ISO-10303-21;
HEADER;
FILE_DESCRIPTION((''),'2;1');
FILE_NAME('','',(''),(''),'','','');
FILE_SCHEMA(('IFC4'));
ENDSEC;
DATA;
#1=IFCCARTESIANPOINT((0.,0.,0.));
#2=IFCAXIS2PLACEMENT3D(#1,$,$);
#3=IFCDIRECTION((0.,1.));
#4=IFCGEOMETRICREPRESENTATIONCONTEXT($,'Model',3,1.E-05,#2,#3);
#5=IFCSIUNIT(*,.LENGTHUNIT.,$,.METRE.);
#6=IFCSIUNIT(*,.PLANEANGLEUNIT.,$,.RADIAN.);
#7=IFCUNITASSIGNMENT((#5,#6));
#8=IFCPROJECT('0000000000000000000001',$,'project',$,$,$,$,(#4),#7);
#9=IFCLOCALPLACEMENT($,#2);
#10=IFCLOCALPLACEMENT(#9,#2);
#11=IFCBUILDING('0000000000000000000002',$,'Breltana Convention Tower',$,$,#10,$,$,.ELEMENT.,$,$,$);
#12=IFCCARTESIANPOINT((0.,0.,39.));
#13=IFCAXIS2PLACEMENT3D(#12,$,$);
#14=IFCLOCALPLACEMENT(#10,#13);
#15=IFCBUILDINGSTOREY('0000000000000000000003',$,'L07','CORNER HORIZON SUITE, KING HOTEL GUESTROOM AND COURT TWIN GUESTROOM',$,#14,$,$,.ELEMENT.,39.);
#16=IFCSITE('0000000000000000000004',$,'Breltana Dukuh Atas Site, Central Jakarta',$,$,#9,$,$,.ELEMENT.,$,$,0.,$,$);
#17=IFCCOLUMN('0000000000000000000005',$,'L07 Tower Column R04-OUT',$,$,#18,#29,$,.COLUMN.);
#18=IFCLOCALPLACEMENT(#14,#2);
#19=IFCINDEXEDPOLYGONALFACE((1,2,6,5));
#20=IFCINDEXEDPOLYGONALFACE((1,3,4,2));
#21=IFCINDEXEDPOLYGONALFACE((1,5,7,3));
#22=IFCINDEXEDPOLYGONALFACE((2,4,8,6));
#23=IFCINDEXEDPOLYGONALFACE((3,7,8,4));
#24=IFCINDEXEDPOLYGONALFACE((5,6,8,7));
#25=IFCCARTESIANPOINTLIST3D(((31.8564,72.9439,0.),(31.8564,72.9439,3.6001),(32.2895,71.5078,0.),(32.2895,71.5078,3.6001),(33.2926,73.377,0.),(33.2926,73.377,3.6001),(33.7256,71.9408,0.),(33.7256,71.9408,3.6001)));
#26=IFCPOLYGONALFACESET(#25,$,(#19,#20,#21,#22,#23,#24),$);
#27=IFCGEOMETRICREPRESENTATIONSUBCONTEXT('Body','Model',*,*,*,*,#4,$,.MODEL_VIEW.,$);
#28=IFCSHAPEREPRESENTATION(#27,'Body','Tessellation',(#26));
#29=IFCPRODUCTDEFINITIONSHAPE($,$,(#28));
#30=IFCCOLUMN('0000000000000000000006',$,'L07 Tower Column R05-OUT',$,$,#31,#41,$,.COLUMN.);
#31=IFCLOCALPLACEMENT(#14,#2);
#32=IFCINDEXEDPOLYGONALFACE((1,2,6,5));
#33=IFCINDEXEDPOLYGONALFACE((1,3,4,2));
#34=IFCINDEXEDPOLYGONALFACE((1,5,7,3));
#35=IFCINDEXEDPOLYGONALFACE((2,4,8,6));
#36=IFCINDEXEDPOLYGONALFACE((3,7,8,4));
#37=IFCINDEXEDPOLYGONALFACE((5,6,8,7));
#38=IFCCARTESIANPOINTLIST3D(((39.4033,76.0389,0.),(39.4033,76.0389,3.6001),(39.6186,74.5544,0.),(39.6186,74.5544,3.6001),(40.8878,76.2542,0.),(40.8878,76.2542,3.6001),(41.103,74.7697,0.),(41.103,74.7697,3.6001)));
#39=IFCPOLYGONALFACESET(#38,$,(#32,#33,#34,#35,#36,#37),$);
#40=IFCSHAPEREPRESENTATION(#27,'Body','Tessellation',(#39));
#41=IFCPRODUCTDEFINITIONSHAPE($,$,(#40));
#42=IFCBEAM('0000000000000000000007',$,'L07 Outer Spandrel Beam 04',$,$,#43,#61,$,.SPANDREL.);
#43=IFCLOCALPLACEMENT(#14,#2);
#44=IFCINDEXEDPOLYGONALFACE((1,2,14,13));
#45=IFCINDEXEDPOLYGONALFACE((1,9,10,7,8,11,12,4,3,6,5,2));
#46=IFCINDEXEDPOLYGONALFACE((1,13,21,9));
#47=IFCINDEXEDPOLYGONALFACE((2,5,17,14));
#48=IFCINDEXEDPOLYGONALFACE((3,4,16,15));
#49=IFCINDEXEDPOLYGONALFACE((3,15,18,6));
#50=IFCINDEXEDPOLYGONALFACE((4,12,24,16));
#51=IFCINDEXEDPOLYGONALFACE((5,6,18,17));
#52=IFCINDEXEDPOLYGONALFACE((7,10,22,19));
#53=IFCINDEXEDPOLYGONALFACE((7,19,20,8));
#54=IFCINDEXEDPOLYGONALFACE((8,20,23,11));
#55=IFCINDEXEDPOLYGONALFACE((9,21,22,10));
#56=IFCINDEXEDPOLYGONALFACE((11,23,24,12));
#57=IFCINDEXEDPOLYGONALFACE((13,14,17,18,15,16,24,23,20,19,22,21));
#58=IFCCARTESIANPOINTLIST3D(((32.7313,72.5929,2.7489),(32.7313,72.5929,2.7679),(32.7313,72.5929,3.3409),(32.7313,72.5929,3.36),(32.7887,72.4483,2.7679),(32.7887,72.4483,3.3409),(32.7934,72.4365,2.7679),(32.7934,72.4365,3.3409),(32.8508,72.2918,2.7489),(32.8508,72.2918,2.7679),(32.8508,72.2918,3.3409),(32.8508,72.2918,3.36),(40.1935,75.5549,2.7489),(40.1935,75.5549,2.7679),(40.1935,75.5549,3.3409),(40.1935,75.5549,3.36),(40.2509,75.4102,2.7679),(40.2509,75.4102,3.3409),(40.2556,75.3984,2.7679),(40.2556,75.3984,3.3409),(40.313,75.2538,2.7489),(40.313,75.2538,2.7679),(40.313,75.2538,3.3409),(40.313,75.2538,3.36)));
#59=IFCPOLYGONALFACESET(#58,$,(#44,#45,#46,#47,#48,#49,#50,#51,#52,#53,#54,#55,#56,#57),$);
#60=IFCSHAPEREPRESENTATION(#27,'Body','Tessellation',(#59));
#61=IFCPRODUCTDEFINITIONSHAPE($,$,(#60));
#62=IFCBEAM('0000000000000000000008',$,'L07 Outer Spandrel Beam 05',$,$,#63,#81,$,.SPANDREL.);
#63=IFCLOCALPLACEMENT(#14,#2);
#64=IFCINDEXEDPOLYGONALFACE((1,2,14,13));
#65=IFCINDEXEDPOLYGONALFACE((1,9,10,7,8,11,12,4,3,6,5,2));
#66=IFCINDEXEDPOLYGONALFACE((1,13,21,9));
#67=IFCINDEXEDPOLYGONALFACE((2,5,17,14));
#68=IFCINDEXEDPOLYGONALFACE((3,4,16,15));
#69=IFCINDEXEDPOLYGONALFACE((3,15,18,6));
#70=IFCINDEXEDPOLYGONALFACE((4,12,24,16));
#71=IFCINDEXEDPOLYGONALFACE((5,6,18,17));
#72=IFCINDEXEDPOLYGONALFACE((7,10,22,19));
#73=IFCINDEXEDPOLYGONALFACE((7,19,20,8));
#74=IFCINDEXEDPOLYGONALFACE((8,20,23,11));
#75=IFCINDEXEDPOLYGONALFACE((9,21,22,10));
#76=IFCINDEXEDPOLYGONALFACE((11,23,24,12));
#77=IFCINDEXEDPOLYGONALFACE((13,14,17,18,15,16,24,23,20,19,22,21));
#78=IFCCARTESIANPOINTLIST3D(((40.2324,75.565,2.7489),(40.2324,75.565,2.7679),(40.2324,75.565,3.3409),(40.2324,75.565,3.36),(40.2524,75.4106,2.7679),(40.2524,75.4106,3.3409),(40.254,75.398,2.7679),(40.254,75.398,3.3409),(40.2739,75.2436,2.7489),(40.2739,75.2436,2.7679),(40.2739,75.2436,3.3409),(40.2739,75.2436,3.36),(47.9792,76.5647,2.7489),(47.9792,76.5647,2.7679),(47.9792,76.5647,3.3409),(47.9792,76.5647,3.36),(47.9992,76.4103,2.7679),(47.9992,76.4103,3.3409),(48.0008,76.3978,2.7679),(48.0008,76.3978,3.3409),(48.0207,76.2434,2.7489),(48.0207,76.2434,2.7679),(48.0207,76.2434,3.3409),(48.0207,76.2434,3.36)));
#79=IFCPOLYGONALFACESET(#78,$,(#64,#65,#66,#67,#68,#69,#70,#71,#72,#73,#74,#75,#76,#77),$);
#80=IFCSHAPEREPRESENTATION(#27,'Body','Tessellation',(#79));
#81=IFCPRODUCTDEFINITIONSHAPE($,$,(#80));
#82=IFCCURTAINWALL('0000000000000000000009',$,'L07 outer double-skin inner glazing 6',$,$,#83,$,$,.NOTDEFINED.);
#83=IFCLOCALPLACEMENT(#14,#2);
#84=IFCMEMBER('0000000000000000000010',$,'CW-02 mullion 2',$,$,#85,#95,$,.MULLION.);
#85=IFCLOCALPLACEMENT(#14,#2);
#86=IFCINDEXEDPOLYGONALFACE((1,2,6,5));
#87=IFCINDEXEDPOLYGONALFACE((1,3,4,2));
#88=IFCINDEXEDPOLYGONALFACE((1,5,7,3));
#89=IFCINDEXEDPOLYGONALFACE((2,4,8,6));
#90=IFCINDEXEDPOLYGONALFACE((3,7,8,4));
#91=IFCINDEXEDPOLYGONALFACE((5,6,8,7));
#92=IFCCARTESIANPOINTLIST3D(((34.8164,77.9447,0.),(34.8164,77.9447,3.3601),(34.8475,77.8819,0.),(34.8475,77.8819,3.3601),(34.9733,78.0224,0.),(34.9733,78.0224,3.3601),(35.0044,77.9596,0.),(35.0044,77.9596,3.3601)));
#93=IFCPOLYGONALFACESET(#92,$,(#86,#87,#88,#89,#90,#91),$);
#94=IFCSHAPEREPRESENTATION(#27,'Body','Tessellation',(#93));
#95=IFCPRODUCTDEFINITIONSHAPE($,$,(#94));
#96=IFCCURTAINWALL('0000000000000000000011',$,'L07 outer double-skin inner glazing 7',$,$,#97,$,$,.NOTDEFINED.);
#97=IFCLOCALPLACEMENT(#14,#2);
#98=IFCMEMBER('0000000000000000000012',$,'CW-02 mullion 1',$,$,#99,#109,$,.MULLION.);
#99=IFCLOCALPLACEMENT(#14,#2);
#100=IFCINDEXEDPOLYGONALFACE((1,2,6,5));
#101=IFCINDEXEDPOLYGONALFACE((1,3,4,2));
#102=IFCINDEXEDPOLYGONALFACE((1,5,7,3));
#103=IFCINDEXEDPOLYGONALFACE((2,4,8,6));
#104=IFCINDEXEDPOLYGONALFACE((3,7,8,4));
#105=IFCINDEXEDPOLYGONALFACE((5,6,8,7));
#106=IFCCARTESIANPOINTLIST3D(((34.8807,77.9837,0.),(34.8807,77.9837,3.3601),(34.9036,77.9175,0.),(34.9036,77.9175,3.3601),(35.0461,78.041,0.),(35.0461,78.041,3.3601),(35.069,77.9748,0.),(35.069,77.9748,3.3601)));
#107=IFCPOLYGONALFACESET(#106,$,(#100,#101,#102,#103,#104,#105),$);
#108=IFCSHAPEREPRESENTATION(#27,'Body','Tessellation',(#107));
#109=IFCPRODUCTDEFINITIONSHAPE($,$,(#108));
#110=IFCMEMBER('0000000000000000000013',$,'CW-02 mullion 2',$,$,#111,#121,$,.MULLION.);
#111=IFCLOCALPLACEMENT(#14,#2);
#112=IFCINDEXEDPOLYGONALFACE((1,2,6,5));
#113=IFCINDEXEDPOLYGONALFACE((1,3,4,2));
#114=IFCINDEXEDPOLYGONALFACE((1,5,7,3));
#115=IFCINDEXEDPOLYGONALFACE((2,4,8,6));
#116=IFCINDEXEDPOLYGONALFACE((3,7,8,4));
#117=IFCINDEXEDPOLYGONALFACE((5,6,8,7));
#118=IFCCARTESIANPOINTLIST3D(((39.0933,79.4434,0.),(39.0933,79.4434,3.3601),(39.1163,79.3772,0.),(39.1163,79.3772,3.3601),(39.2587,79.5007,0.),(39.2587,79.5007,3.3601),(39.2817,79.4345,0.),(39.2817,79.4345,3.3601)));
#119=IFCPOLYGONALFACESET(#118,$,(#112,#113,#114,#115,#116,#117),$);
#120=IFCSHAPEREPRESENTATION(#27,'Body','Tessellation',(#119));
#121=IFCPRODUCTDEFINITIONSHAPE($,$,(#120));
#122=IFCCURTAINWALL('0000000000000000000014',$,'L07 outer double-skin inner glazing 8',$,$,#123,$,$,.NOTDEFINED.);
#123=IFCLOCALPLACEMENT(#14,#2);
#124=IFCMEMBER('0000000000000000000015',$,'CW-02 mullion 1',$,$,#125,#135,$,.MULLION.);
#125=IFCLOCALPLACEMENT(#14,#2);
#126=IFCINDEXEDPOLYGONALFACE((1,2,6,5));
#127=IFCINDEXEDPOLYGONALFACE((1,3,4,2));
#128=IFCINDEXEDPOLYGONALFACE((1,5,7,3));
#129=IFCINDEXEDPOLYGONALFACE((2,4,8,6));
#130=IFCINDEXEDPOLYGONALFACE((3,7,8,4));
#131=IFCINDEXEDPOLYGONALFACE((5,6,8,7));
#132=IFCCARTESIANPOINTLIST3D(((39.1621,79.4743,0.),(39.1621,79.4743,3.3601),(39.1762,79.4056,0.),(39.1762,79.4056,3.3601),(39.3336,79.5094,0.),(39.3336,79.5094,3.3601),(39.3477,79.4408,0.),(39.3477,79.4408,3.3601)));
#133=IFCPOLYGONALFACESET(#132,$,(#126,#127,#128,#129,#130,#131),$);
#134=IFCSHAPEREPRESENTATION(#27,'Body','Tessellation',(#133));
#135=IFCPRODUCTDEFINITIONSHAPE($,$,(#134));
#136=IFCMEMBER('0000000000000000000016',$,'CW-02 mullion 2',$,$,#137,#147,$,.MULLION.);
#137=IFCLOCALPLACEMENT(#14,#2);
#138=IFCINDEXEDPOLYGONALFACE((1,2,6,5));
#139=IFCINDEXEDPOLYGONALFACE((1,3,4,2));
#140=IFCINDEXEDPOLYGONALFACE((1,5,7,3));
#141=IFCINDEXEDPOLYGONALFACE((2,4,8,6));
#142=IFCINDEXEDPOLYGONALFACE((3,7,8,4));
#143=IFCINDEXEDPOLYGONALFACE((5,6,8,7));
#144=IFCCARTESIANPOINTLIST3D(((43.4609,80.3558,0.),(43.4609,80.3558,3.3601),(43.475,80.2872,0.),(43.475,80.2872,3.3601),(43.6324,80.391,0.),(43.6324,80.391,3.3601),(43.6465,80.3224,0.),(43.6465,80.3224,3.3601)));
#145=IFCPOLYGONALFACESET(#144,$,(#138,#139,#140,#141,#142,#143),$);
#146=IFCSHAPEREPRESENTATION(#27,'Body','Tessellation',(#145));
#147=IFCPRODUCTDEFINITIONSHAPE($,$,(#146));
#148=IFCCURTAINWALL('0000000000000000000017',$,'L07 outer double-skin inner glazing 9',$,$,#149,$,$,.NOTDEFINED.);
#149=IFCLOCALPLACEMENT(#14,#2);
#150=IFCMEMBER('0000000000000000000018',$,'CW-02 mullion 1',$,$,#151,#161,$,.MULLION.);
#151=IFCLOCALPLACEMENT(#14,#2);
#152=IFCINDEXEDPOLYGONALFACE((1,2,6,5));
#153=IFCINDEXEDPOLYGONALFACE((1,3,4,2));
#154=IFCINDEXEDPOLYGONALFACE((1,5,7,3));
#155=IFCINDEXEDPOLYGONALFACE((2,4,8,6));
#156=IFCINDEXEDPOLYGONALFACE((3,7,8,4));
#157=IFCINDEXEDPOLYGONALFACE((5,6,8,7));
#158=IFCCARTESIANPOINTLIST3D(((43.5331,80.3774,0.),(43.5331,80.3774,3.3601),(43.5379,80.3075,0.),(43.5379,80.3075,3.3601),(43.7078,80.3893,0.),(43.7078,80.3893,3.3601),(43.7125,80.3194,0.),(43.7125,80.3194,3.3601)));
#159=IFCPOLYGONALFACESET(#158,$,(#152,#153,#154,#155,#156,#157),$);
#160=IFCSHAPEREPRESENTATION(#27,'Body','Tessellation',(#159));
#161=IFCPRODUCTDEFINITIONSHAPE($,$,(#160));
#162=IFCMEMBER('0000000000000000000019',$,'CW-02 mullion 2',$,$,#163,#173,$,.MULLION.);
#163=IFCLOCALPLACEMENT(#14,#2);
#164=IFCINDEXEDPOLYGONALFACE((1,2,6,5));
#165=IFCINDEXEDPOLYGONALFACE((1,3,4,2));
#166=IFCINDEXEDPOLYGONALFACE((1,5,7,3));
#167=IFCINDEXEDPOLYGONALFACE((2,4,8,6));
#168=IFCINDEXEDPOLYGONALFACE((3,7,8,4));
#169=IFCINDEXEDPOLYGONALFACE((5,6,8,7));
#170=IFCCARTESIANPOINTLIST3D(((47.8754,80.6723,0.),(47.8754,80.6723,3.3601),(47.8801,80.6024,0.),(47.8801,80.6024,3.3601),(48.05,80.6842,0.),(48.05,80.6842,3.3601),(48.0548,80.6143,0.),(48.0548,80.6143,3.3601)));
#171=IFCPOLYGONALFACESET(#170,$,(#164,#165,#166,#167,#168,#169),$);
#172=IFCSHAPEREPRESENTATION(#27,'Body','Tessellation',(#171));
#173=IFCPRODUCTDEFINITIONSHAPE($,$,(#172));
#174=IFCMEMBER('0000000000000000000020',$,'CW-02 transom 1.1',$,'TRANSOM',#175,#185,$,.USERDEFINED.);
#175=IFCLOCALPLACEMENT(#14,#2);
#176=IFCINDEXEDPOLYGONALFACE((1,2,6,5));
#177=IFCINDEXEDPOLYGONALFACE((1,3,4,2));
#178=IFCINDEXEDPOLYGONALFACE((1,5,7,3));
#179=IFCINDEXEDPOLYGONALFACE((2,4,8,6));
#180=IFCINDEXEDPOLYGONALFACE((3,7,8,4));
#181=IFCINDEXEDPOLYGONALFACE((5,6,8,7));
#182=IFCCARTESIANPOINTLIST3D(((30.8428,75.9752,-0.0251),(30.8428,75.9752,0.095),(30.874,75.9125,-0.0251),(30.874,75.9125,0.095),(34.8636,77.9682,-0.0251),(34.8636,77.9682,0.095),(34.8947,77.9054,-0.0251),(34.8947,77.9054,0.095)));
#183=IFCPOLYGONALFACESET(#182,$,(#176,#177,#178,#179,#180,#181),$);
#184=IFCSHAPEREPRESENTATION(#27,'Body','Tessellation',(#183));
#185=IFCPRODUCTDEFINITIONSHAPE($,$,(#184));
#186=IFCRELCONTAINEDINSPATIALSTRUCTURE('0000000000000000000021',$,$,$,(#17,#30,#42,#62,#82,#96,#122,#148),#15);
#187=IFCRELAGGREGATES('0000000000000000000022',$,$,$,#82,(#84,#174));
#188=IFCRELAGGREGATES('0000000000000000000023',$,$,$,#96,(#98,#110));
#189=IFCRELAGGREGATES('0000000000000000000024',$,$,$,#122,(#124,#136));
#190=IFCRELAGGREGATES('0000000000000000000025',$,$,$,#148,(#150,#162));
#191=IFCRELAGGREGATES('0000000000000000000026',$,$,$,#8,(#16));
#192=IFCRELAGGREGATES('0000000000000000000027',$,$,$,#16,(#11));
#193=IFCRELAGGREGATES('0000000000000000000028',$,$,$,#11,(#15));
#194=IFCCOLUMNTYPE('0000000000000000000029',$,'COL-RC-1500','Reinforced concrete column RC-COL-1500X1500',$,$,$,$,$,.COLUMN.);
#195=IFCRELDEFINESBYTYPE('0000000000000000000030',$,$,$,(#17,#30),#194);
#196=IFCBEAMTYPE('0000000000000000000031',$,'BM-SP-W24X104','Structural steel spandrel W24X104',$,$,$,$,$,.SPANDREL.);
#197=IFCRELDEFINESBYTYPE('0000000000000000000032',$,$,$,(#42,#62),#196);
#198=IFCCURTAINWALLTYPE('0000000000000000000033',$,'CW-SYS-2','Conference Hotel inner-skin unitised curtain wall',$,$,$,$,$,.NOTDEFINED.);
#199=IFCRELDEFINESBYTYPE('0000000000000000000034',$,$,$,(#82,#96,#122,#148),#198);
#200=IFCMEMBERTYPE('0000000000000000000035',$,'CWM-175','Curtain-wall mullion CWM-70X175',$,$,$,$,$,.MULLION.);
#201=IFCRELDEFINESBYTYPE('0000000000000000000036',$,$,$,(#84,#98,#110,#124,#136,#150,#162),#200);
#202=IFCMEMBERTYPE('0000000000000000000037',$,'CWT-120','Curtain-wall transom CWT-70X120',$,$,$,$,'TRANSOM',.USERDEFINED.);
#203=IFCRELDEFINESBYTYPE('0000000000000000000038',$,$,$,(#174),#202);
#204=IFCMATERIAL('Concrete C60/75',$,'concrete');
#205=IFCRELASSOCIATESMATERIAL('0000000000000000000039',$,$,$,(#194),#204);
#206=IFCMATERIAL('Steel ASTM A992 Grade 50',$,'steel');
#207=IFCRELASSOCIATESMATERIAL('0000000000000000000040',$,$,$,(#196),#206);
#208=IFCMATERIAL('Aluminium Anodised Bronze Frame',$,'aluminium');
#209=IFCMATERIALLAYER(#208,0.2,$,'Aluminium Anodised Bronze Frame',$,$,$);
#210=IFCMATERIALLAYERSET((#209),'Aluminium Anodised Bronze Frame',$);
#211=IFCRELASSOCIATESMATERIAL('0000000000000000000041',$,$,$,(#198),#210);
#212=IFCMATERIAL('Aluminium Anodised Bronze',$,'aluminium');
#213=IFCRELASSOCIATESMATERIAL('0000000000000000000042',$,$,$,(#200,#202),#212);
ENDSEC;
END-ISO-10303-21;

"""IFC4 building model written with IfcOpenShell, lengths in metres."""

from ifc_helpers import new_model, si_unit, direction, frame, origin, origin_2d, place, context, subcontext, project, spatial, rectangle, i_section, extrude, source, transform, mapped, material, layer, layer_set, material_profile, profile_set, type_object, type_shapes, element, aggregate, save


model = new_model("IFC4")

# Units and contexts
model_context = context("Model", 3, precision=1e-05, world=origin(), true_north=direction((0.0, 1.0)))
body_context = subcontext(model_context, "Body", "Model", "MODEL_VIEW")
ifc_project = project(units=[si_unit("LENGTHUNIT", "METRE"), si_unit("PLANEANGLEUNIT", "RADIAN")], contexts=[model_context])

# Site, building, storey
site_placement = place(None, origin())
site = spatial("IfcSite", under=ifc_project, at=site_placement, Name="Breltana Dukuh Atas Site, Central Jakarta", CompositionType="ELEMENT", RefElevation=0.0)
building_placement = place(site_placement, origin())
building = spatial("IfcBuilding", under=site, at=building_placement, Name="Breltana Convention Tower", CompositionType="ELEMENT")
storey_placement = place(building_placement, frame((0.0, 0.0, 39.0)))
storey = spatial("IfcBuildingStorey", under=building, at=storey_placement, Name="L07", Description="CORNER HORIZON SUITE, KING HOTEL GUESTROOM AND COURT TWIN GUESTROOM", CompositionType="ELEMENT", Elevation=39.0)

# Columns
ifc_material_1 = material(Name="Concrete C60/75", Category="concrete")
ifc_material_profile_1 = material_profile(ifc_material_1, rectangle(XDim=1.5, YDim=1.5, at=origin_2d()), Name="RC-COL-1500X1500")
ifc_profile_set_1 = profile_set([ifc_material_profile_1], Name="Concrete C60/75")
column_type = type_object("IfcColumnType", Name="COL-RC-1500", Description="Reinforced concrete column RC-COL-1500X1500", PredefinedType="COLUMN", material=ifc_profile_set_1)
shared_shape_1 = source(origin(), body_context, "Body", "SweptSolid", [
    extrude(rectangle(XDim=1.5, YDim=1.5, at=origin_2d()), origin(), (0.0, 0.0, 1.0), 3.6001),
])
for number, where, z_axis, x_axis, name in (
    (1, (32.791, 72.4424, 0.0), (0.0, 0.0, 1.0), (-0.288698, 0.95742, 0.0), "L07 Tower Column R04-OUT"),
    (2, (40.2532, 75.4043, 0.0), (0.0, 0.0, 1.0), (-0.143493, 0.989651, 0.0), "L07 Tower Column R05-OUT"),
):
    element("IfcColumn", number, at=place(storey_placement, frame(where, z_axis=z_axis, x_axis=x_axis)), inside=storey, type_object=column_type, Name=name, PredefinedType="COLUMN", context=body_context, shape_type="MappedRepresentation", body=[
        mapped(shared_shape_1, transform((0.0, 0.0, 0.0), scale=1.0)),
    ])

# Beams
ifc_material_2 = material(Name="Steel ASTM A992 Grade 50", Category="steel")
ifc_material_profile_2 = material_profile(ifc_material_2, i_section(OverallWidth=0.324, OverallDepth=0.6111, WebThickness=0.0127, FlangeThickness=0.019, at=origin_2d()), Name="W24X104")
ifc_profile_set_2 = profile_set([ifc_material_profile_2], Name="Steel ASTM A992 Grade 50")
beam_type = type_object("IfcBeamType", Name="BM-SP-W24X104", Description="Structural steel spandrel W24X104", PredefinedType="SPANDREL", material=ifc_profile_set_2)
shared_shape_2 = source(origin(), body_context, "Body", "SweptSolid", [
    extrude(i_section(OverallWidth=0.324, OverallDepth=0.6111, WebThickness=0.0127, FlangeThickness=0.019, at=origin_2d()), origin(), (0.0, 0.0, 1.0), 8.0286),
])
beam_1_placement = place(storey_placement, frame((32.791, 72.4424, 3.0544), z_axis=(0.929459, 0.368925, 0.0), x_axis=(-0.368925, 0.929459, 0.0)))
element("IfcBeam", 3, at=beam_1_placement, inside=storey, type_object=beam_type, Name="L07 Outer Spandrel Beam 04", PredefinedType="SPANDREL", context=body_context, shape_type="MappedRepresentation", body=[
    mapped(shared_shape_2, transform((0.0, 0.0, 0.0), scale=1.0)),
])
shared_shape_3 = source(origin(), body_context, "Body", "SweptSolid", [
    extrude(i_section(OverallWidth=0.324, OverallDepth=0.6111, WebThickness=0.0127, FlangeThickness=0.019, at=origin_2d()), origin(), (0.0, 0.0, 1.0), 7.811),
])
beam_2_placement = place(storey_placement, frame((40.2532, 75.4043, 3.0544), z_axis=(0.991775, 0.127992, 0.0), x_axis=(-0.127992, 0.991775, 0.0)))
element("IfcBeam", 4, at=beam_2_placement, inside=storey, type_object=beam_type, Name="L07 Outer Spandrel Beam 05", PredefinedType="SPANDREL", context=body_context, shape_type="MappedRepresentation", body=[
    mapped(shared_shape_3, transform((0.0, 0.0, 0.0), scale=1.0)),
])

# Curtain wall, member
ifc_material_3 = material(Name="Aluminium Anodised Bronze Frame", Category="aluminium")
ifc_layer_1 = layer(ifc_material_3, 0.2, Name="Aluminium Anodised Bronze Frame")
ifc_layer_set_1 = layer_set([ifc_layer_1], Name="Aluminium Anodised Bronze Frame")
curtain_wall_type = type_object("IfcCurtainWallType", Name="CW-SYS-2", Description="Conference Hotel inner-skin unitised curtain wall", PredefinedType="NOTDEFINED", material=ifc_layer_set_1)
curtain_wall_1_placement = place(storey_placement, origin())
curtain_wall_1 = element("IfcCurtainWall", 5, at=curtain_wall_1_placement, inside=storey, type_object=curtain_wall_type, Name="L07 outer double-skin inner glazing 6", PredefinedType="NOTDEFINED")
ifc_material_4 = material(Name="Aluminium Anodised Bronze", Category="aluminium")
ifc_material_profile_3 = material_profile(ifc_material_4, rectangle(XDim=0.0701, YDim=0.175, at=origin_2d()), Name="CWM-70X175")
ifc_profile_set_3 = profile_set([ifc_material_profile_3], Name="Aluminium Anodised Bronze")
member_type_1 = type_object("IfcMemberType", Name="CWM-175", Description="Curtain-wall mullion CWM-70X175", PredefinedType="MULLION", material=ifc_profile_set_3)
shared_shape_4 = source(origin(), body_context, "Body", "SweptSolid", [
    extrude(rectangle(XDim=0.0701, YDim=0.175, at=origin_2d()), origin(), (0.0, 0.0, 1.0), 3.3601),
])
type_shapes(member_type_1, [shared_shape_4])
member_1_placement = place(storey_placement, frame((34.9104, 77.9521, 0.0), z_axis=(0.0, 0.0, 1.0), x_axis=(-0.444108, 0.895973, 0.0)))
member_1 = element("IfcMember", 6, at=member_1_placement, type_object=member_type_1, Name="CW-02 mullion 2", PredefinedType="MULLION", context=body_context, shape_type="MappedRepresentation", body=[
    mapped(shared_shape_4, transform((0.0, 0.0, 0.0), scale=1.0)),
])

# Curtain walls, members
curtain_wall_2_placement = place(storey_placement, origin())
curtain_wall_2 = element("IfcCurtainWall", 7, at=curtain_wall_2_placement, inside=storey, type_object=curtain_wall_type, Name="L07 outer double-skin inner glazing 7", PredefinedType="NOTDEFINED")
member_2_placement = place(storey_placement, frame((34.9749, 77.9792, 0.0), z_axis=(0.0, 0.0, 1.0), x_axis=(-0.327428, 0.944876, 0.0)))
member_2 = element("IfcMember", 8, at=member_2_placement, type_object=member_type_1, Name="CW-02 mullion 1", PredefinedType="MULLION", context=body_context, shape_type="MappedRepresentation", body=[
    mapped(shared_shape_4, transform((0.0, 0.0, 0.0), scale=1.0)),
])
member_3_placement = place(storey_placement, frame((39.1875, 79.439, 0.0), z_axis=(0.0, 0.0, 1.0), x_axis=(-0.327428, 0.944876, 0.0)))
member_3 = element("IfcMember", 9, at=member_3_placement, type_object=member_type_1, Name="CW-02 mullion 2", PredefinedType="MULLION", context=body_context, shape_type="MappedRepresentation", body=[
    mapped(shared_shape_4, transform((0.0, 0.0, 0.0), scale=1.0)),
])
curtain_wall_3_placement = place(storey_placement, origin())
curtain_wall_3 = element("IfcCurtainWall", 10, at=curtain_wall_3_placement, inside=storey, type_object=curtain_wall_type, Name="L07 outer double-skin inner glazing 8", PredefinedType="NOTDEFINED")
member_4_placement = place(storey_placement, frame((39.2549, 79.4575, 0.0), z_axis=(0.0, 0.0, 1.0), x_axis=(-0.200885, 0.979615, 0.0)))
member_4 = element("IfcMember", 11, at=member_4_placement, type_object=member_type_1, Name="CW-02 mullion 1", PredefinedType="MULLION", context=body_context, shape_type="MappedRepresentation", body=[
    mapped(shared_shape_4, transform((0.0, 0.0, 0.0), scale=1.0)),
])
member_5_placement = place(storey_placement, frame((43.5537, 80.3391, 0.0), z_axis=(0.0, 0.0, 1.0), x_axis=(-0.200885, 0.979615, 0.0)))
member_5 = element("IfcMember", 12, at=member_5_placement, type_object=member_type_1, Name="CW-02 mullion 2", PredefinedType="MULLION", context=body_context, shape_type="MappedRepresentation", body=[
    mapped(shared_shape_4, transform((0.0, 0.0, 0.0), scale=1.0)),
])
curtain_wall_4_placement = place(storey_placement, origin())
curtain_wall_4 = element("IfcCurtainWall", 13, at=curtain_wall_4_placement, inside=storey, type_object=curtain_wall_type, Name="L07 outer double-skin inner glazing 9", PredefinedType="NOTDEFINED")
member_6_placement = place(storey_placement, frame((43.6228, 80.3484, 0.0), z_axis=(0.0, 0.0, 1.0), x_axis=(-0.067726, 0.997704, 0.0)))
member_6 = element("IfcMember", 14, at=member_6_placement, type_object=member_type_1, Name="CW-02 mullion 1", PredefinedType="MULLION", context=body_context, shape_type="MappedRepresentation", body=[
    mapped(shared_shape_4, transform((0.0, 0.0, 0.0), scale=1.0)),
])
member_7_placement = place(storey_placement, frame((47.9651, 80.6433, 0.0), z_axis=(0.0, 0.0, 1.0), x_axis=(-0.067726, 0.997704, 0.0)))
member_7 = element("IfcMember", 15, at=member_7_placement, type_object=member_type_1, Name="CW-02 mullion 2", PredefinedType="MULLION", context=body_context, shape_type="MappedRepresentation", body=[
    mapped(shared_shape_4, transform((0.0, 0.0, 0.0), scale=1.0)),
])

# Member
ifc_material_profile_4 = material_profile(ifc_material_4, rectangle(XDim=0.0701, YDim=0.1201, at=origin_2d()), Name="CWT-70X120")
ifc_profile_set_4 = profile_set([ifc_material_profile_4], Name="Aluminium Anodised Bronze")
member_type_2 = type_object("IfcMemberType", Name="CWT-120", Description="Curtain-wall transom CWT-70X120", ElementType="TRANSOM", PredefinedType="USERDEFINED", material=ifc_profile_set_4)
shared_shape_5 = source(origin(), body_context, "Body", "SweptSolid", [
    extrude(rectangle(XDim=0.0701, YDim=0.1201, at=origin_2d()), origin(), (0.0, 0.0, 1.0), 4.4875),
])
member_8_placement = place(storey_placement, frame((30.8584, 75.9438, 0.0349), z_axis=(0.895978, 0.444099, 0.0), x_axis=(-0.444099, 0.895978, 0.0)))
member_8 = element("IfcMember", 16, at=member_8_placement, type_object=member_type_2, Name="CW-02 transom 1.1", ObjectType="TRANSOM", PredefinedType="USERDEFINED", context=body_context, shape_type="MappedRepresentation", body=[
    mapped(shared_shape_5, transform((0.0, 0.0, 0.0), scale=1.0)),
])

aggregate(curtain_wall_1, [member_1, member_8])
aggregate(curtain_wall_2, [member_2, member_3])
aggregate(curtain_wall_3, [member_4, member_5])
aggregate(curtain_wall_4, [member_6, member_7])

save(model, "model.ifc")
